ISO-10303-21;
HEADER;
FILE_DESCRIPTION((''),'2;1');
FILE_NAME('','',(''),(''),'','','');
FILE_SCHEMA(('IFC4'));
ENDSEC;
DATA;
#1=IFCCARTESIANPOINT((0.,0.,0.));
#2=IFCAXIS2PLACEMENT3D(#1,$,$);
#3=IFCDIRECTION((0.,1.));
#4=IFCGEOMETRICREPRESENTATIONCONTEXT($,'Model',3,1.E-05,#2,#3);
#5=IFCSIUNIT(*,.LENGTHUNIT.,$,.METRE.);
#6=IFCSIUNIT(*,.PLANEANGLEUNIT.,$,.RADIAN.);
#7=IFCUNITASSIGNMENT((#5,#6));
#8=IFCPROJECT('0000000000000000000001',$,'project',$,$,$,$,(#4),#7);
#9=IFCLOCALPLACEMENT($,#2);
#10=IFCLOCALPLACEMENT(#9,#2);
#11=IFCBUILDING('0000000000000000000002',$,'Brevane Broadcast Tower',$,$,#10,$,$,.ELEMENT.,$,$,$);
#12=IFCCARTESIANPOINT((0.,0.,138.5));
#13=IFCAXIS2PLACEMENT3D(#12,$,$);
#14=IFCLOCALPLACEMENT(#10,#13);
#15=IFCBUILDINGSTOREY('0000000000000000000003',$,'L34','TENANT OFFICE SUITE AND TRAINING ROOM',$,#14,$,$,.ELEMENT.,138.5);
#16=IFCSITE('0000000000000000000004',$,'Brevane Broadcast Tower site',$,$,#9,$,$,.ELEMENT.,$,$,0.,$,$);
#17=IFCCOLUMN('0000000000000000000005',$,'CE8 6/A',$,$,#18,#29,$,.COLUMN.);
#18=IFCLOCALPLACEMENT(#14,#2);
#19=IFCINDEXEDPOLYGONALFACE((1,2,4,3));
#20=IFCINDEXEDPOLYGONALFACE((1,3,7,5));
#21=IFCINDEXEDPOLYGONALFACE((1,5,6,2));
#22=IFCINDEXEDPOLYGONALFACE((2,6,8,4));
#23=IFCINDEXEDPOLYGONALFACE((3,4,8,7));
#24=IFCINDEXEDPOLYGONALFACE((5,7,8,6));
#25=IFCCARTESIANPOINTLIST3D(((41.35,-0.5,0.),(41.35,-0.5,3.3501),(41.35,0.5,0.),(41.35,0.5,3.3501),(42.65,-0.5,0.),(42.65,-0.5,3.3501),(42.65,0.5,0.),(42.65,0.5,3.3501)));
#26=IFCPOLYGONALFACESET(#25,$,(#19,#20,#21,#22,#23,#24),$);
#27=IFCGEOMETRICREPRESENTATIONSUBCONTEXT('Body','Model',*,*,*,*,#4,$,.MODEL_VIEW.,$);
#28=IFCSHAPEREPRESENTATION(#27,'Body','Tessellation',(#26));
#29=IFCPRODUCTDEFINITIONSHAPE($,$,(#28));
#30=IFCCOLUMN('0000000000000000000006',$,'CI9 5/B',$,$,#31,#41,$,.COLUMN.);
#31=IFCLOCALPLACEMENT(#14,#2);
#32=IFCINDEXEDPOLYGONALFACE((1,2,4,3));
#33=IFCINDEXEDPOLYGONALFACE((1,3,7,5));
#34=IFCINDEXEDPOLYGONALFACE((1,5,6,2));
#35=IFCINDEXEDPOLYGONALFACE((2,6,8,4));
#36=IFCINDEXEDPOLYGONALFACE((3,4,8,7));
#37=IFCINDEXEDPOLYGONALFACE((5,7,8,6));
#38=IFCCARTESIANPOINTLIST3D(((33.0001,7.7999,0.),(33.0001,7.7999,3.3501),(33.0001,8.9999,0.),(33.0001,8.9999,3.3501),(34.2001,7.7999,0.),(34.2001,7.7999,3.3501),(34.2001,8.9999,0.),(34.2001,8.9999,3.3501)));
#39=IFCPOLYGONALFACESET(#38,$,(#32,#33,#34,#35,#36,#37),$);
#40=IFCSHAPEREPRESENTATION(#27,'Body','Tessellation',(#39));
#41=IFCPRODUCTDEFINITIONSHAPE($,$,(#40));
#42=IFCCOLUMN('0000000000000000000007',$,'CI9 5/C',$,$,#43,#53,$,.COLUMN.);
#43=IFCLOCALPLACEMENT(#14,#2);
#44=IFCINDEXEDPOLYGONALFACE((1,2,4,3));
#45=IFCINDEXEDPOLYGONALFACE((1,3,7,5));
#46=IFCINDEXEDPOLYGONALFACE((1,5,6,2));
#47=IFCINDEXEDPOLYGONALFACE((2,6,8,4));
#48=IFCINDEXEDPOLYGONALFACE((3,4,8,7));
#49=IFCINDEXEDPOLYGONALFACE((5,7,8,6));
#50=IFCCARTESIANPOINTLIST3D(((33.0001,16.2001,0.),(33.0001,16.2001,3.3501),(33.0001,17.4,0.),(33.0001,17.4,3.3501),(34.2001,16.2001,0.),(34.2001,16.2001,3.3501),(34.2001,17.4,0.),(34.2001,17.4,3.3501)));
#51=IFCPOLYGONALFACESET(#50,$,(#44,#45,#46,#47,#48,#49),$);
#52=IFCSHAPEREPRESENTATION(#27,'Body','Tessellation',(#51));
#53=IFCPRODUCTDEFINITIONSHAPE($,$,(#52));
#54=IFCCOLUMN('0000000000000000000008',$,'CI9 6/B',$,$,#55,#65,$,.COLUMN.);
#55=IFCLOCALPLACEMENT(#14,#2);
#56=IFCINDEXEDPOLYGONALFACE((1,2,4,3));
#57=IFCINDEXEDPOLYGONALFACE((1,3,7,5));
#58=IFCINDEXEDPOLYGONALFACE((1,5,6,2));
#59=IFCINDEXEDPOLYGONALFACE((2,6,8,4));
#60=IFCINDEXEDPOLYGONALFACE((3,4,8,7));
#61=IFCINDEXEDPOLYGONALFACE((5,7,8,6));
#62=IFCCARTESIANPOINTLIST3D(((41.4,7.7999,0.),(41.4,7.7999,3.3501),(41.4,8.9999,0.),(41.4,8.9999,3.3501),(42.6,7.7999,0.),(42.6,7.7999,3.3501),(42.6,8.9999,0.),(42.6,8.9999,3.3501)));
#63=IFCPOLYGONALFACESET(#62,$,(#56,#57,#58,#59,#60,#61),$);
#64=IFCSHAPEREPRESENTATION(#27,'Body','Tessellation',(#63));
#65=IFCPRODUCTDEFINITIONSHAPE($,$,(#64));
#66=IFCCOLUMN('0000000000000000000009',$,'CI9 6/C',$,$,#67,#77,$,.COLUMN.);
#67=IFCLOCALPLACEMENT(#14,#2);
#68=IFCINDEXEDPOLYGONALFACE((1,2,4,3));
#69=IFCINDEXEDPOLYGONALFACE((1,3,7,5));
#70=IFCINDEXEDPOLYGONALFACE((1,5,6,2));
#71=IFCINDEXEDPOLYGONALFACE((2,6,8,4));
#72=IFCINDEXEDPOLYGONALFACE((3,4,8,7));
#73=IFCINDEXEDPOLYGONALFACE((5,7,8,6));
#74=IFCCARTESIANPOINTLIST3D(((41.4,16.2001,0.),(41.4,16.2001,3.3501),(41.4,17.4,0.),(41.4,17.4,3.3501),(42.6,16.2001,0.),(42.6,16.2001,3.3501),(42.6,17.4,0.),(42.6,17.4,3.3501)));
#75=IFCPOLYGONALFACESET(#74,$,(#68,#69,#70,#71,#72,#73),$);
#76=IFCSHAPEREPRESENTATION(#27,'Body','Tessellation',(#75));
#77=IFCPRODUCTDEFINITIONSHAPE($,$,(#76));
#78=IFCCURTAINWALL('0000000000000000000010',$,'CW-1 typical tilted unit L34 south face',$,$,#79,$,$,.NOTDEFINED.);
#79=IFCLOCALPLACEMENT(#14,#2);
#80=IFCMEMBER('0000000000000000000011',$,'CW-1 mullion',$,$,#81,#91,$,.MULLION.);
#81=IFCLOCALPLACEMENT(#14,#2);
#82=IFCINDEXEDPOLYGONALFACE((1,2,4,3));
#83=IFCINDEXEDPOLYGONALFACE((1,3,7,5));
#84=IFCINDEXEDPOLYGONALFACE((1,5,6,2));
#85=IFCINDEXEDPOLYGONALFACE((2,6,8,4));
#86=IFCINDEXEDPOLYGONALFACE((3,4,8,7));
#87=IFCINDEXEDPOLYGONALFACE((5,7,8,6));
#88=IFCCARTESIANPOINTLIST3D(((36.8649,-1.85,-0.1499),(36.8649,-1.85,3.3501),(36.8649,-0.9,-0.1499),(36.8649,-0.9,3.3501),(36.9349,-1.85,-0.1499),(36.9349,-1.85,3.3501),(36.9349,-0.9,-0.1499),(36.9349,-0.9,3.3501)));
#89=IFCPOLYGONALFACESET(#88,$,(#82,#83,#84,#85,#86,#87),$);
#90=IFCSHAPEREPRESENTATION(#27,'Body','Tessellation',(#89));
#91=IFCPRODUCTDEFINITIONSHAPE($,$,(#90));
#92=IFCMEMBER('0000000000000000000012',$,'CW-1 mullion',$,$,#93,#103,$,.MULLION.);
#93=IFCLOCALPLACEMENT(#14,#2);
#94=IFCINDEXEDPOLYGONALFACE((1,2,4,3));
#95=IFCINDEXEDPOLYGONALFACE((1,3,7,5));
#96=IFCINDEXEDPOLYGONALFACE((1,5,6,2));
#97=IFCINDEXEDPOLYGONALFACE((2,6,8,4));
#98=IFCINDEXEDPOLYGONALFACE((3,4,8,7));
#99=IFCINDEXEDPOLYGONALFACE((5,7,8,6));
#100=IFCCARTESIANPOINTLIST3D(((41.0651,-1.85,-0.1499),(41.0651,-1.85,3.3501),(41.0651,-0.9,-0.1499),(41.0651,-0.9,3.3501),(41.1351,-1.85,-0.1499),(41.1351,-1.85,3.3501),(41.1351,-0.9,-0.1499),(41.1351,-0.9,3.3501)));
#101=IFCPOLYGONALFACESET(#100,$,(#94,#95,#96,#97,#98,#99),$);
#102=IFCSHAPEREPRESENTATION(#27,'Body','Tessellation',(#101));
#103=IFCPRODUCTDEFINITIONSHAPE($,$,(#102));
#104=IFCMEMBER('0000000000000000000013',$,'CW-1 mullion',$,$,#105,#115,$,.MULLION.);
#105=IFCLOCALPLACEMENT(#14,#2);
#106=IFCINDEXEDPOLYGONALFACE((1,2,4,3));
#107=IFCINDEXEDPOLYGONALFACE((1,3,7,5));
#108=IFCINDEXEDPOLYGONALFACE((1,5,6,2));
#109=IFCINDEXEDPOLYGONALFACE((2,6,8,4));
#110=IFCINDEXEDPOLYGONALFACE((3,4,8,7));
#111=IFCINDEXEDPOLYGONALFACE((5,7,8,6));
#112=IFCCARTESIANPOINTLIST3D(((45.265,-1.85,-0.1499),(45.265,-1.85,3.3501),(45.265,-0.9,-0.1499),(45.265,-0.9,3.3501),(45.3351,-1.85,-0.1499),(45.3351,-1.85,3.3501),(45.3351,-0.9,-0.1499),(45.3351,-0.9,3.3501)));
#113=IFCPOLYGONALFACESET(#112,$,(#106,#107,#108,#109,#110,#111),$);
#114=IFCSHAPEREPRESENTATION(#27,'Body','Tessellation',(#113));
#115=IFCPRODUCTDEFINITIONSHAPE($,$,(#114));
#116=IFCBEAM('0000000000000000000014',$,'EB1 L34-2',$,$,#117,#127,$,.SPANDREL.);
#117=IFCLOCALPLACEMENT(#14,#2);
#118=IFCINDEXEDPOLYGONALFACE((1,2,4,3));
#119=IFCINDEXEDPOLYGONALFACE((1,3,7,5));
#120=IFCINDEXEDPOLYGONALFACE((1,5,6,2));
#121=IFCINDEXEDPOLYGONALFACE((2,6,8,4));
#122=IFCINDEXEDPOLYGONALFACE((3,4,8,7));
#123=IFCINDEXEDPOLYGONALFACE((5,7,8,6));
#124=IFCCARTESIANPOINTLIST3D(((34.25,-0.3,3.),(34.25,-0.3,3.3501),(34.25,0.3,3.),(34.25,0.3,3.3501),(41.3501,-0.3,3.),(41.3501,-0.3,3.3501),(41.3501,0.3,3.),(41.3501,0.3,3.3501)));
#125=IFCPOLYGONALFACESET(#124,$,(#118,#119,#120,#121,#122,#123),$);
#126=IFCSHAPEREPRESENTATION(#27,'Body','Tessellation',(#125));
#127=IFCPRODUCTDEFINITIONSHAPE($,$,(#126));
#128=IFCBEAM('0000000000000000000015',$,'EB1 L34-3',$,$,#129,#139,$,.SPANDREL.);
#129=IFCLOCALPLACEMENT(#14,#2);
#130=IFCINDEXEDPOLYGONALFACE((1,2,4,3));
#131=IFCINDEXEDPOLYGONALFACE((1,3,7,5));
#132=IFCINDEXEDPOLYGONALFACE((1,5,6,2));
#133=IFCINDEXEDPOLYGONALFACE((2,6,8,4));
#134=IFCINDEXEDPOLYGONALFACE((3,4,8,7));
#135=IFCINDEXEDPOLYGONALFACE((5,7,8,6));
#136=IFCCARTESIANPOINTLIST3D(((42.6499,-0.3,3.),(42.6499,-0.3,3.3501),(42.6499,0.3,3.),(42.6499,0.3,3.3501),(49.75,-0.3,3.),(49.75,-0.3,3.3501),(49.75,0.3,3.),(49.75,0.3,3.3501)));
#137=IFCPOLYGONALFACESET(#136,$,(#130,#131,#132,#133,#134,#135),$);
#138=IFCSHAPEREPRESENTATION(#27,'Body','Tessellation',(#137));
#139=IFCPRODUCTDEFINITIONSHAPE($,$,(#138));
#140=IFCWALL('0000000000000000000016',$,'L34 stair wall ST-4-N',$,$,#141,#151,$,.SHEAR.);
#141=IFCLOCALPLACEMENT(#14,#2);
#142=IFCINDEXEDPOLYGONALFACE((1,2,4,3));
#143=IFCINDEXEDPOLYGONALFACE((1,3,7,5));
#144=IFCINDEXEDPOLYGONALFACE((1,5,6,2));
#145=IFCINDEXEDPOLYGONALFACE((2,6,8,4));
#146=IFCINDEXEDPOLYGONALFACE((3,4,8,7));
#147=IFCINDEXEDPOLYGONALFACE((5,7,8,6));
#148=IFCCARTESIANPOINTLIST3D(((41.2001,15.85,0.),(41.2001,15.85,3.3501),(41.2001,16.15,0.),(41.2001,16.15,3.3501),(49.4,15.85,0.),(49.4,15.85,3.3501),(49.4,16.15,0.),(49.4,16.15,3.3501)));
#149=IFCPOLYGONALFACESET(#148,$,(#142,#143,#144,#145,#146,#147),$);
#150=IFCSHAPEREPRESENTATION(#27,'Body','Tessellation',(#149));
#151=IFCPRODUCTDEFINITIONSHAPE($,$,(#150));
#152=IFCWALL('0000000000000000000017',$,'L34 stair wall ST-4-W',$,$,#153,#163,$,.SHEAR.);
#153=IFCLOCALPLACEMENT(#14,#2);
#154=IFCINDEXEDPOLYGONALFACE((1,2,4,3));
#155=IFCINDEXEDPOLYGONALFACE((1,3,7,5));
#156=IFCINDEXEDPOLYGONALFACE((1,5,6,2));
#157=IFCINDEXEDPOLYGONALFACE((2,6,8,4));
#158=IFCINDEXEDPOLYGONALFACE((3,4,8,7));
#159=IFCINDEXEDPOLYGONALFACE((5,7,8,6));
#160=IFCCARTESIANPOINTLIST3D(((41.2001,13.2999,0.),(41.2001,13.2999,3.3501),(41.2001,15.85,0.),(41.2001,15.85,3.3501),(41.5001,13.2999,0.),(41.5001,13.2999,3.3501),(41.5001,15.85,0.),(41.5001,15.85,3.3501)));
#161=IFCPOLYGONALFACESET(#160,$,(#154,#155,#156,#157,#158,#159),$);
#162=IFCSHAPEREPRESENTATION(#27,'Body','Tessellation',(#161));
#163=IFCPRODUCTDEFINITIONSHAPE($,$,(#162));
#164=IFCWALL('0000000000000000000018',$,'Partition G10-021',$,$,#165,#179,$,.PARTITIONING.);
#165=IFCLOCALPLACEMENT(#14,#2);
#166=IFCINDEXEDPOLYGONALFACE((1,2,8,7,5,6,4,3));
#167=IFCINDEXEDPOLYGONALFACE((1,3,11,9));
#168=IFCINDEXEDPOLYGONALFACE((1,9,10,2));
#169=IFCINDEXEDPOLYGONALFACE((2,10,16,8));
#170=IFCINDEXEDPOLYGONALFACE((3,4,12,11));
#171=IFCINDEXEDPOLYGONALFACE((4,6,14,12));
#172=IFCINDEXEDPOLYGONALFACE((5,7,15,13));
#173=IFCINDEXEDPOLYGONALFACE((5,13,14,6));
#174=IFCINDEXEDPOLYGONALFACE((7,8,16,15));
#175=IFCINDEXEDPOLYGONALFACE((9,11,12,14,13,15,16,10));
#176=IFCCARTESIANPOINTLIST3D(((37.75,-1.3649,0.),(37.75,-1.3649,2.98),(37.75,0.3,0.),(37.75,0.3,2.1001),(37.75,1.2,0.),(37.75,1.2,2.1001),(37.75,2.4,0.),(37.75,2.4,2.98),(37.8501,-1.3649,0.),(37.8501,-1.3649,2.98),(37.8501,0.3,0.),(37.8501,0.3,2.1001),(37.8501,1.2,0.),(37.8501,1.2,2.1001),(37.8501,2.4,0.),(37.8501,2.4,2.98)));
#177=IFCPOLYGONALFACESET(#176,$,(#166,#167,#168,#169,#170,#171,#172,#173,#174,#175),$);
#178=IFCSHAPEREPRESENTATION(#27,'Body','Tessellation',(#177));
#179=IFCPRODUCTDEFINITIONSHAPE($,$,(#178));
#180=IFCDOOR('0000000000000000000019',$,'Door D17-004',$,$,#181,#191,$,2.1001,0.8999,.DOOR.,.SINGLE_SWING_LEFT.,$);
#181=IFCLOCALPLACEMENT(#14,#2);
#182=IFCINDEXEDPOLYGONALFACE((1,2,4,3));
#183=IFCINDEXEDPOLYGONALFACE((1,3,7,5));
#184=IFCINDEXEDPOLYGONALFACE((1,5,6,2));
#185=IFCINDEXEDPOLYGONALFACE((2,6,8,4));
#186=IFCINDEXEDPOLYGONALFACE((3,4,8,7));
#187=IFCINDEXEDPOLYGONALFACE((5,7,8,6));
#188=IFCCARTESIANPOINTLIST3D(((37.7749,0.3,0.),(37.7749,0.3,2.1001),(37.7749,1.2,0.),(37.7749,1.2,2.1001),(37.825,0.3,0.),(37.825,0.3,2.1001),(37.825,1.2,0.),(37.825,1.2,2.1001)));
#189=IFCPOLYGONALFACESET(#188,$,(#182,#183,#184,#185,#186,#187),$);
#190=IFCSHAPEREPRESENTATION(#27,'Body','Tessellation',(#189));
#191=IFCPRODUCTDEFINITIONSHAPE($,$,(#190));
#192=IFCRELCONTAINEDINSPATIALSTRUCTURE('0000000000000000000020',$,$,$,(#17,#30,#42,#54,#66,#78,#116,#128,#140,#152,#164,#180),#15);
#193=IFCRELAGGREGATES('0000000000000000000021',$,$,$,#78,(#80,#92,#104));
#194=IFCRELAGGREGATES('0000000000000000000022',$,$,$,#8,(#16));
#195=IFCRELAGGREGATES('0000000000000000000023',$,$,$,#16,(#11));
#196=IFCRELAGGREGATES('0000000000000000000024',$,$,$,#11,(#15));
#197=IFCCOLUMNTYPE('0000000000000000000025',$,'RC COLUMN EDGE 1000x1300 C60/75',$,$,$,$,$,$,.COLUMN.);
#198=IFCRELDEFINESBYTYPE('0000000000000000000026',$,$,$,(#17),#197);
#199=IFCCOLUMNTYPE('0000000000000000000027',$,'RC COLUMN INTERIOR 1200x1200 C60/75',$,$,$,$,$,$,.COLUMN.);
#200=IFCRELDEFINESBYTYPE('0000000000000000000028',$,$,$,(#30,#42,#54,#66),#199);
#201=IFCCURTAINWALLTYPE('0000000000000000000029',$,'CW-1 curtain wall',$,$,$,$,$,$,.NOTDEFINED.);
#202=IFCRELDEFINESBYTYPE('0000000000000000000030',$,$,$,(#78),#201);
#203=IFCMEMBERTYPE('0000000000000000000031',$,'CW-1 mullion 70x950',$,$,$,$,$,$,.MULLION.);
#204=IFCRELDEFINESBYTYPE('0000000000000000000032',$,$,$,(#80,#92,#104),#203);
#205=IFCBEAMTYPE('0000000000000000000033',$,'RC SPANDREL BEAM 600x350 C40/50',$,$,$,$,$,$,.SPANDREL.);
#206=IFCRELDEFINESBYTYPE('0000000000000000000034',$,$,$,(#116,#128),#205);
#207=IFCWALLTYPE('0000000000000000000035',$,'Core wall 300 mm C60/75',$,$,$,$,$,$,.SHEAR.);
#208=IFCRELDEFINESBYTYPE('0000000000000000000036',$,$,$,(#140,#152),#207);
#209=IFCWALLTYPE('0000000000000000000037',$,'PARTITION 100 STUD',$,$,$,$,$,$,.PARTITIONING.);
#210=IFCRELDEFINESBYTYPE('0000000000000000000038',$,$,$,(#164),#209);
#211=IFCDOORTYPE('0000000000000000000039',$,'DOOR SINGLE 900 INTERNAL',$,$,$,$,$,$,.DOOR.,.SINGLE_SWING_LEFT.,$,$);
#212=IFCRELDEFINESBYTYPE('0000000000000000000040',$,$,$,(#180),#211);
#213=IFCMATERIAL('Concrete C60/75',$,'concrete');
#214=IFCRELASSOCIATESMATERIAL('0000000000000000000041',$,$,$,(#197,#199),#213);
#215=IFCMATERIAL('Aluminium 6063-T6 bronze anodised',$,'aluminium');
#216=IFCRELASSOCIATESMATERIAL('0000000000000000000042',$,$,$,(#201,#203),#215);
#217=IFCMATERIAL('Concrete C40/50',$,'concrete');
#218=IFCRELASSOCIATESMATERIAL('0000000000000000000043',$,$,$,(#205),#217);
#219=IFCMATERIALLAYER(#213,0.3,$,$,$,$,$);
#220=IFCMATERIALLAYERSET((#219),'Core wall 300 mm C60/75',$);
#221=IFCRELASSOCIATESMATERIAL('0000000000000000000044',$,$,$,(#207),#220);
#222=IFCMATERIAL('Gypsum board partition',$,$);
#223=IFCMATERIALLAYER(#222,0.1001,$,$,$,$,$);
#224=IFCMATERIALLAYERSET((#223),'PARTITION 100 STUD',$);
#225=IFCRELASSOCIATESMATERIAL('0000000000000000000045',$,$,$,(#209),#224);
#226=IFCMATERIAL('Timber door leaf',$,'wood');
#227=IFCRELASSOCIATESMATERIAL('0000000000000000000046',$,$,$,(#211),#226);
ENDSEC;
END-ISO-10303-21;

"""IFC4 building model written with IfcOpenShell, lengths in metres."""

from ifc_helpers import new_model, si_unit, direction, frame, frame_2d, origin, origin_2d, place, context, subcontext, project, spatial, rectangle, extrude, material, layer, layer_set, material_profile, profile_set, type_object, element, fill, aggregate, save


model = new_model("IFC4")

# Units and contexts
model_context = context("Model", 3, precision=1e-05, world=origin(), true_north=direction((0.0, 1.0)))
body_context = subcontext(model_context, "Body", "Model", "MODEL_VIEW")
ifc_project = project(units=[si_unit("LENGTHUNIT", "METRE"), si_unit("PLANEANGLEUNIT", "RADIAN")], contexts=[model_context])

# Site, building, storey
site_placement = place(None, origin())
site = spatial("IfcSite", under=ifc_project, at=site_placement, Name="Brevane Broadcast Tower site", CompositionType="ELEMENT", RefElevation=0.0)
building_placement = place(site_placement, origin())
building = spatial("IfcBuilding", under=site, at=building_placement, Name="Brevane Broadcast Tower", CompositionType="ELEMENT")
storey_placement = place(building_placement, frame((0.0, 0.0, 138.5)))
storey = spatial("IfcBuildingStorey", under=building, at=storey_placement, Name="L34", Description="TENANT OFFICE SUITE AND TRAINING ROOM", CompositionType="ELEMENT", Elevation=138.5)

# Columns
ifc_material_1 = material(Name="Concrete C60/75", Category="concrete")
ifc_material_profile_1 = material_profile(ifc_material_1, rectangle(XDim=1.0, YDim=1.3, at=origin_2d()), Name="RC 1000x1300")
ifc_profile_set_1 = profile_set([ifc_material_profile_1], Name="Concrete C60/75")
column_type_1 = type_object("IfcColumnType", Name="RC COLUMN EDGE 1000x1300 C60/75", PredefinedType="COLUMN", material=ifc_profile_set_1)
column_placement = place(storey_placement, frame((42.0, 0.0, 0.0), z_axis=(0.0, 0.0, 1.0), x_axis=(0.0, 1.0, 0.0)))
element("IfcColumn", 1, at=column_placement, inside=storey, type_object=column_type_1, Name="CE8 6/A", PredefinedType="COLUMN", context=body_context, shape_type="SweptSolid", body=[
    extrude(rectangle(XDim=1.0, YDim=1.3, at=origin_2d()), origin(), (0.0, 0.0, 1.0), 3.3501),
])
ifc_material_profile_2 = material_profile(ifc_material_1, rectangle(XDim=1.2, YDim=1.2, at=origin_2d()), Name="RC 1200x1200")
ifc_profile_set_2 = profile_set([ifc_material_profile_2], Name="Concrete C60/75")
column_type_2 = type_object("IfcColumnType", Name="RC COLUMN INTERIOR 1200x1200 C60/75", PredefinedType="COLUMN", material=ifc_profile_set_2)
for number, where, z_axis, x_axis, name in (
    (2, (33.6001, 8.3999, 0.0), (0.0, 0.0, 1.0), (1.0, 0.0, 0.0), "CI9 5/B"),
    (3, (33.6001, 16.8, 0.0), (0.0, 0.0, 1.0), (1.0, 0.0, 0.0), "CI9 5/C"),
    (4, (42.0, 8.3999, 0.0), (0.0, 0.0, 1.0), (1.0, 0.0, 0.0), "CI9 6/B"),
    (5, (42.0, 16.8, 0.0), (0.0, 0.0, 1.0), (1.0, 0.0, 0.0), "CI9 6/C"),
):
    element("IfcColumn", number, at=place(storey_placement, frame(where, z_axis=z_axis, x_axis=x_axis)), inside=storey, type_object=column_type_2, Name=name, PredefinedType="COLUMN", context=body_context, shape_type="SweptSolid", body=[
        extrude(rectangle(XDim=1.2, YDim=1.2, at=origin_2d()), origin(), (0.0, 0.0, 1.0), 3.3501),
    ])

# Curtain wall, members
ifc_material_2 = material(Name="Aluminium 6063-T6 bronze anodised", Category="aluminium")
curtain_wall_type = type_object("IfcCurtainWallType", Name="CW-1 curtain wall", PredefinedType="NOTDEFINED", material=ifc_material_2)
curtain_wall_placement = place(storey_placement, origin())
curtain_wall = element("IfcCurtainWall", 6, at=curtain_wall_placement, inside=storey, type_object=curtain_wall_type, Name="CW-1 typical tilted unit L34 south face", PredefinedType="NOTDEFINED")
ifc_material_profile_3 = material_profile(ifc_material_2, rectangle(XDim=0.95, YDim=0.0701, at=origin_2d()), Name="RECT 70x950")
ifc_profile_set_3 = profile_set([ifc_material_profile_3], Name="Aluminium 6063-T6 bronze anodised")
member_type = type_object("IfcMemberType", Name="CW-1 mullion 70x950", PredefinedType="MULLION", material=ifc_profile_set_3)
member_1_placement = place(storey_placement, frame((36.8999, -1.375, -0.1499), z_axis=(0.0, 0.0, 1.0), x_axis=(0.0, 1.0, 0.0)))
member_1 = element("IfcMember", 7, at=member_1_placement, type_object=member_type, Name="CW-1 mullion", PredefinedType="MULLION", context=body_context, shape_type="SweptSolid", body=[
    extrude(rectangle(XDim=0.95, YDim=0.0701, at=origin_2d()), origin(), (0.0, 0.0, 1.0), 3.5),
])
member_2_placement = place(storey_placement, frame((41.1001, -1.375, -0.1499), z_axis=(0.0, 0.0, 1.0), x_axis=(0.0, 1.0, 0.0)))
member_2 = element("IfcMember", 8, at=member_2_placement, type_object=member_type, Name="CW-1 mullion", PredefinedType="MULLION", context=body_context, shape_type="SweptSolid", body=[
    extrude(rectangle(XDim=0.95, YDim=0.0701, at=origin_2d()), origin(), (0.0, 0.0, 1.0), 3.5),
])
member_3_placement = place(storey_placement, frame((45.3, -1.375, -0.1499), z_axis=(0.0, 0.0, 1.0), x_axis=(0.0, 1.0, 0.0)))
member_3 = element("IfcMember", 9, at=member_3_placement, type_object=member_type, Name="CW-1 mullion", PredefinedType="MULLION", context=body_context, shape_type="SweptSolid", body=[
    extrude(rectangle(XDim=0.95, YDim=0.0701, at=origin_2d()), origin(), (0.0, 0.0, 1.0), 3.5),
])
aggregate(curtain_wall, [member_1, member_2, member_3])

# Beams
ifc_material_3 = material(Name="Concrete C40/50", Category="concrete")
ifc_material_profile_4 = material_profile(ifc_material_3, rectangle(XDim=0.6001, YDim=0.3501, at=origin_2d()), Name="RC 600x350")
ifc_profile_set_4 = profile_set([ifc_material_profile_4], Name="Concrete C40/50")
beam_type = type_object("IfcBeamType", Name="RC SPANDREL BEAM 600x350 C40/50", PredefinedType="SPANDREL", material=ifc_profile_set_4)
for number, where, z_axis, x_axis, name in (
    (10, (34.25, 0.0, 3.175), (1.0, 0.0, 0.0), (0.0, 1.0, 0.0), "EB1 L34-2"),
    (11, (42.6499, 0.0, 3.175), (1.0, 0.0, 0.0), (0.0, 1.0, 0.0), "EB1 L34-3"),
):
    element("IfcBeam", number, at=place(storey_placement, frame(where, z_axis=z_axis, x_axis=x_axis)), inside=storey, type_object=beam_type, Name=name, PredefinedType="SPANDREL", context=body_context, shape_type="SweptSolid", body=[
        extrude(rectangle(XDim=0.6001, YDim=0.3501, at=origin_2d()), origin(), (0.0, 0.0, 1.0), 7.1001),
    ])

# Walls
ifc_layer_1 = layer(ifc_material_1, 0.3)
ifc_layer_set_1 = layer_set([ifc_layer_1], Name="Core wall 300 mm C60/75")
wall_type_1 = type_object("IfcWallType", Name="Core wall 300 mm C60/75", PredefinedType="SHEAR", material=ifc_layer_set_1)
wall_1_placement = place(storey_placement, frame((41.2, 16.0, 0.0), z_axis=(0.0, 0.0, 1.0), x_axis=(1.0, 0.0, 0.0)))
element("IfcWall", 12, at=wall_1_placement, inside=storey, type_object=wall_type_1, Name="L34 stair wall ST-4-N", PredefinedType="SHEAR", context=body_context, shape_type="SweptSolid", body=[
    extrude(rectangle(XDim=8.2, YDim=0.3, at=frame_2d((4.1001, 0.0))), origin(), (0.0, 0.0, 1.0), 3.3501),
])
wall_2_placement = place(storey_placement, frame((41.3501, 13.3, 0.0), z_axis=(0.0, 0.0, 1.0), x_axis=(0.0, 1.0, 0.0)))
element("IfcWall", 13, at=wall_2_placement, inside=storey, type_object=wall_type_1, Name="L34 stair wall ST-4-W", PredefinedType="SHEAR", context=body_context, shape_type="SweptSolid", body=[
    extrude(rectangle(XDim=2.55, YDim=0.3, at=frame_2d((1.2749, 0.0))), origin(), (0.0, 0.0, 1.0), 3.3501),
])

# Wall, opening, door
ifc_material_4 = material(Name="Gypsum board partition")
ifc_layer_2 = layer(ifc_material_4, 0.1001)
ifc_layer_set_2 = layer_set([ifc_layer_2], Name="PARTITION 100 STUD")
wall_type_2 = type_object("IfcWallType", Name="PARTITION 100 STUD", PredefinedType="PARTITIONING", material=ifc_layer_set_2)
wall_3_placement = place(storey_placement, frame((37.8, 2.3999, 0.0), z_axis=(0.0, 0.0, 1.0), x_axis=(0.0, -1.0, 0.0)))
wall_3 = element("IfcWall", 14, at=wall_3_placement, inside=storey, type_object=wall_type_2, Name="Partition G10-021", PredefinedType="PARTITIONING", context=body_context, shape_type="SweptSolid", body=[
    extrude(rectangle(XDim=3.7649, YDim=0.1001, at=frame_2d((1.8823, 0.0))), origin(), (0.0, 0.0, 1.0), 2.98),
])
opening_1_placement = place(wall_3_placement, frame((1.2, 0.0, 0.0)))
opening_1 = element("IfcOpeningElement", 15, at=opening_1_placement, cuts=wall_3, PredefinedType="OPENING", context=body_context, shape_type="SweptSolid", body=[
    extrude(rectangle(XDim=0.8999, YDim=2.1001, at=frame_2d((0.45, 1.05))), frame((0.0, 0.0601, 0.0), z_axis=(0.0, -1.0, 0.0), x_axis=(1.0, 0.0, 0.0)), (0.0, 0.0, 1.0), 0.1201),
])
ifc_material_5 = material(Name="Timber door leaf", Category="wood")
door_type_1 = type_object("IfcDoorType", Name="DOOR SINGLE 900 INTERNAL", OperationType="SINGLE_SWING_LEFT", PredefinedType="DOOR", material=ifc_material_5)
door_1_placement = place(opening_1_placement, origin())
door_1 = element("IfcDoor", 16, at=door_1_placement, inside=storey, type_object=door_type_1, Name="Door D17-004", OperationType="SINGLE_SWING_LEFT", OverallHeight=2.1001, OverallWidth=0.8999, PredefinedType="DOOR", context=body_context, shape_type="SweptSolid", body=[
    extrude(rectangle(XDim=0.8999, YDim=2.1001, at=frame_2d((0.45, 1.05))), frame((0.0, 0.0249, 0.0), z_axis=(0.0, -1.0, 0.0), x_axis=(1.0, 0.0, 0.0)), (0.0, 0.0, 1.0), 0.05),
])
fill(opening_1, door_1)

save(model, "model.ifc")
